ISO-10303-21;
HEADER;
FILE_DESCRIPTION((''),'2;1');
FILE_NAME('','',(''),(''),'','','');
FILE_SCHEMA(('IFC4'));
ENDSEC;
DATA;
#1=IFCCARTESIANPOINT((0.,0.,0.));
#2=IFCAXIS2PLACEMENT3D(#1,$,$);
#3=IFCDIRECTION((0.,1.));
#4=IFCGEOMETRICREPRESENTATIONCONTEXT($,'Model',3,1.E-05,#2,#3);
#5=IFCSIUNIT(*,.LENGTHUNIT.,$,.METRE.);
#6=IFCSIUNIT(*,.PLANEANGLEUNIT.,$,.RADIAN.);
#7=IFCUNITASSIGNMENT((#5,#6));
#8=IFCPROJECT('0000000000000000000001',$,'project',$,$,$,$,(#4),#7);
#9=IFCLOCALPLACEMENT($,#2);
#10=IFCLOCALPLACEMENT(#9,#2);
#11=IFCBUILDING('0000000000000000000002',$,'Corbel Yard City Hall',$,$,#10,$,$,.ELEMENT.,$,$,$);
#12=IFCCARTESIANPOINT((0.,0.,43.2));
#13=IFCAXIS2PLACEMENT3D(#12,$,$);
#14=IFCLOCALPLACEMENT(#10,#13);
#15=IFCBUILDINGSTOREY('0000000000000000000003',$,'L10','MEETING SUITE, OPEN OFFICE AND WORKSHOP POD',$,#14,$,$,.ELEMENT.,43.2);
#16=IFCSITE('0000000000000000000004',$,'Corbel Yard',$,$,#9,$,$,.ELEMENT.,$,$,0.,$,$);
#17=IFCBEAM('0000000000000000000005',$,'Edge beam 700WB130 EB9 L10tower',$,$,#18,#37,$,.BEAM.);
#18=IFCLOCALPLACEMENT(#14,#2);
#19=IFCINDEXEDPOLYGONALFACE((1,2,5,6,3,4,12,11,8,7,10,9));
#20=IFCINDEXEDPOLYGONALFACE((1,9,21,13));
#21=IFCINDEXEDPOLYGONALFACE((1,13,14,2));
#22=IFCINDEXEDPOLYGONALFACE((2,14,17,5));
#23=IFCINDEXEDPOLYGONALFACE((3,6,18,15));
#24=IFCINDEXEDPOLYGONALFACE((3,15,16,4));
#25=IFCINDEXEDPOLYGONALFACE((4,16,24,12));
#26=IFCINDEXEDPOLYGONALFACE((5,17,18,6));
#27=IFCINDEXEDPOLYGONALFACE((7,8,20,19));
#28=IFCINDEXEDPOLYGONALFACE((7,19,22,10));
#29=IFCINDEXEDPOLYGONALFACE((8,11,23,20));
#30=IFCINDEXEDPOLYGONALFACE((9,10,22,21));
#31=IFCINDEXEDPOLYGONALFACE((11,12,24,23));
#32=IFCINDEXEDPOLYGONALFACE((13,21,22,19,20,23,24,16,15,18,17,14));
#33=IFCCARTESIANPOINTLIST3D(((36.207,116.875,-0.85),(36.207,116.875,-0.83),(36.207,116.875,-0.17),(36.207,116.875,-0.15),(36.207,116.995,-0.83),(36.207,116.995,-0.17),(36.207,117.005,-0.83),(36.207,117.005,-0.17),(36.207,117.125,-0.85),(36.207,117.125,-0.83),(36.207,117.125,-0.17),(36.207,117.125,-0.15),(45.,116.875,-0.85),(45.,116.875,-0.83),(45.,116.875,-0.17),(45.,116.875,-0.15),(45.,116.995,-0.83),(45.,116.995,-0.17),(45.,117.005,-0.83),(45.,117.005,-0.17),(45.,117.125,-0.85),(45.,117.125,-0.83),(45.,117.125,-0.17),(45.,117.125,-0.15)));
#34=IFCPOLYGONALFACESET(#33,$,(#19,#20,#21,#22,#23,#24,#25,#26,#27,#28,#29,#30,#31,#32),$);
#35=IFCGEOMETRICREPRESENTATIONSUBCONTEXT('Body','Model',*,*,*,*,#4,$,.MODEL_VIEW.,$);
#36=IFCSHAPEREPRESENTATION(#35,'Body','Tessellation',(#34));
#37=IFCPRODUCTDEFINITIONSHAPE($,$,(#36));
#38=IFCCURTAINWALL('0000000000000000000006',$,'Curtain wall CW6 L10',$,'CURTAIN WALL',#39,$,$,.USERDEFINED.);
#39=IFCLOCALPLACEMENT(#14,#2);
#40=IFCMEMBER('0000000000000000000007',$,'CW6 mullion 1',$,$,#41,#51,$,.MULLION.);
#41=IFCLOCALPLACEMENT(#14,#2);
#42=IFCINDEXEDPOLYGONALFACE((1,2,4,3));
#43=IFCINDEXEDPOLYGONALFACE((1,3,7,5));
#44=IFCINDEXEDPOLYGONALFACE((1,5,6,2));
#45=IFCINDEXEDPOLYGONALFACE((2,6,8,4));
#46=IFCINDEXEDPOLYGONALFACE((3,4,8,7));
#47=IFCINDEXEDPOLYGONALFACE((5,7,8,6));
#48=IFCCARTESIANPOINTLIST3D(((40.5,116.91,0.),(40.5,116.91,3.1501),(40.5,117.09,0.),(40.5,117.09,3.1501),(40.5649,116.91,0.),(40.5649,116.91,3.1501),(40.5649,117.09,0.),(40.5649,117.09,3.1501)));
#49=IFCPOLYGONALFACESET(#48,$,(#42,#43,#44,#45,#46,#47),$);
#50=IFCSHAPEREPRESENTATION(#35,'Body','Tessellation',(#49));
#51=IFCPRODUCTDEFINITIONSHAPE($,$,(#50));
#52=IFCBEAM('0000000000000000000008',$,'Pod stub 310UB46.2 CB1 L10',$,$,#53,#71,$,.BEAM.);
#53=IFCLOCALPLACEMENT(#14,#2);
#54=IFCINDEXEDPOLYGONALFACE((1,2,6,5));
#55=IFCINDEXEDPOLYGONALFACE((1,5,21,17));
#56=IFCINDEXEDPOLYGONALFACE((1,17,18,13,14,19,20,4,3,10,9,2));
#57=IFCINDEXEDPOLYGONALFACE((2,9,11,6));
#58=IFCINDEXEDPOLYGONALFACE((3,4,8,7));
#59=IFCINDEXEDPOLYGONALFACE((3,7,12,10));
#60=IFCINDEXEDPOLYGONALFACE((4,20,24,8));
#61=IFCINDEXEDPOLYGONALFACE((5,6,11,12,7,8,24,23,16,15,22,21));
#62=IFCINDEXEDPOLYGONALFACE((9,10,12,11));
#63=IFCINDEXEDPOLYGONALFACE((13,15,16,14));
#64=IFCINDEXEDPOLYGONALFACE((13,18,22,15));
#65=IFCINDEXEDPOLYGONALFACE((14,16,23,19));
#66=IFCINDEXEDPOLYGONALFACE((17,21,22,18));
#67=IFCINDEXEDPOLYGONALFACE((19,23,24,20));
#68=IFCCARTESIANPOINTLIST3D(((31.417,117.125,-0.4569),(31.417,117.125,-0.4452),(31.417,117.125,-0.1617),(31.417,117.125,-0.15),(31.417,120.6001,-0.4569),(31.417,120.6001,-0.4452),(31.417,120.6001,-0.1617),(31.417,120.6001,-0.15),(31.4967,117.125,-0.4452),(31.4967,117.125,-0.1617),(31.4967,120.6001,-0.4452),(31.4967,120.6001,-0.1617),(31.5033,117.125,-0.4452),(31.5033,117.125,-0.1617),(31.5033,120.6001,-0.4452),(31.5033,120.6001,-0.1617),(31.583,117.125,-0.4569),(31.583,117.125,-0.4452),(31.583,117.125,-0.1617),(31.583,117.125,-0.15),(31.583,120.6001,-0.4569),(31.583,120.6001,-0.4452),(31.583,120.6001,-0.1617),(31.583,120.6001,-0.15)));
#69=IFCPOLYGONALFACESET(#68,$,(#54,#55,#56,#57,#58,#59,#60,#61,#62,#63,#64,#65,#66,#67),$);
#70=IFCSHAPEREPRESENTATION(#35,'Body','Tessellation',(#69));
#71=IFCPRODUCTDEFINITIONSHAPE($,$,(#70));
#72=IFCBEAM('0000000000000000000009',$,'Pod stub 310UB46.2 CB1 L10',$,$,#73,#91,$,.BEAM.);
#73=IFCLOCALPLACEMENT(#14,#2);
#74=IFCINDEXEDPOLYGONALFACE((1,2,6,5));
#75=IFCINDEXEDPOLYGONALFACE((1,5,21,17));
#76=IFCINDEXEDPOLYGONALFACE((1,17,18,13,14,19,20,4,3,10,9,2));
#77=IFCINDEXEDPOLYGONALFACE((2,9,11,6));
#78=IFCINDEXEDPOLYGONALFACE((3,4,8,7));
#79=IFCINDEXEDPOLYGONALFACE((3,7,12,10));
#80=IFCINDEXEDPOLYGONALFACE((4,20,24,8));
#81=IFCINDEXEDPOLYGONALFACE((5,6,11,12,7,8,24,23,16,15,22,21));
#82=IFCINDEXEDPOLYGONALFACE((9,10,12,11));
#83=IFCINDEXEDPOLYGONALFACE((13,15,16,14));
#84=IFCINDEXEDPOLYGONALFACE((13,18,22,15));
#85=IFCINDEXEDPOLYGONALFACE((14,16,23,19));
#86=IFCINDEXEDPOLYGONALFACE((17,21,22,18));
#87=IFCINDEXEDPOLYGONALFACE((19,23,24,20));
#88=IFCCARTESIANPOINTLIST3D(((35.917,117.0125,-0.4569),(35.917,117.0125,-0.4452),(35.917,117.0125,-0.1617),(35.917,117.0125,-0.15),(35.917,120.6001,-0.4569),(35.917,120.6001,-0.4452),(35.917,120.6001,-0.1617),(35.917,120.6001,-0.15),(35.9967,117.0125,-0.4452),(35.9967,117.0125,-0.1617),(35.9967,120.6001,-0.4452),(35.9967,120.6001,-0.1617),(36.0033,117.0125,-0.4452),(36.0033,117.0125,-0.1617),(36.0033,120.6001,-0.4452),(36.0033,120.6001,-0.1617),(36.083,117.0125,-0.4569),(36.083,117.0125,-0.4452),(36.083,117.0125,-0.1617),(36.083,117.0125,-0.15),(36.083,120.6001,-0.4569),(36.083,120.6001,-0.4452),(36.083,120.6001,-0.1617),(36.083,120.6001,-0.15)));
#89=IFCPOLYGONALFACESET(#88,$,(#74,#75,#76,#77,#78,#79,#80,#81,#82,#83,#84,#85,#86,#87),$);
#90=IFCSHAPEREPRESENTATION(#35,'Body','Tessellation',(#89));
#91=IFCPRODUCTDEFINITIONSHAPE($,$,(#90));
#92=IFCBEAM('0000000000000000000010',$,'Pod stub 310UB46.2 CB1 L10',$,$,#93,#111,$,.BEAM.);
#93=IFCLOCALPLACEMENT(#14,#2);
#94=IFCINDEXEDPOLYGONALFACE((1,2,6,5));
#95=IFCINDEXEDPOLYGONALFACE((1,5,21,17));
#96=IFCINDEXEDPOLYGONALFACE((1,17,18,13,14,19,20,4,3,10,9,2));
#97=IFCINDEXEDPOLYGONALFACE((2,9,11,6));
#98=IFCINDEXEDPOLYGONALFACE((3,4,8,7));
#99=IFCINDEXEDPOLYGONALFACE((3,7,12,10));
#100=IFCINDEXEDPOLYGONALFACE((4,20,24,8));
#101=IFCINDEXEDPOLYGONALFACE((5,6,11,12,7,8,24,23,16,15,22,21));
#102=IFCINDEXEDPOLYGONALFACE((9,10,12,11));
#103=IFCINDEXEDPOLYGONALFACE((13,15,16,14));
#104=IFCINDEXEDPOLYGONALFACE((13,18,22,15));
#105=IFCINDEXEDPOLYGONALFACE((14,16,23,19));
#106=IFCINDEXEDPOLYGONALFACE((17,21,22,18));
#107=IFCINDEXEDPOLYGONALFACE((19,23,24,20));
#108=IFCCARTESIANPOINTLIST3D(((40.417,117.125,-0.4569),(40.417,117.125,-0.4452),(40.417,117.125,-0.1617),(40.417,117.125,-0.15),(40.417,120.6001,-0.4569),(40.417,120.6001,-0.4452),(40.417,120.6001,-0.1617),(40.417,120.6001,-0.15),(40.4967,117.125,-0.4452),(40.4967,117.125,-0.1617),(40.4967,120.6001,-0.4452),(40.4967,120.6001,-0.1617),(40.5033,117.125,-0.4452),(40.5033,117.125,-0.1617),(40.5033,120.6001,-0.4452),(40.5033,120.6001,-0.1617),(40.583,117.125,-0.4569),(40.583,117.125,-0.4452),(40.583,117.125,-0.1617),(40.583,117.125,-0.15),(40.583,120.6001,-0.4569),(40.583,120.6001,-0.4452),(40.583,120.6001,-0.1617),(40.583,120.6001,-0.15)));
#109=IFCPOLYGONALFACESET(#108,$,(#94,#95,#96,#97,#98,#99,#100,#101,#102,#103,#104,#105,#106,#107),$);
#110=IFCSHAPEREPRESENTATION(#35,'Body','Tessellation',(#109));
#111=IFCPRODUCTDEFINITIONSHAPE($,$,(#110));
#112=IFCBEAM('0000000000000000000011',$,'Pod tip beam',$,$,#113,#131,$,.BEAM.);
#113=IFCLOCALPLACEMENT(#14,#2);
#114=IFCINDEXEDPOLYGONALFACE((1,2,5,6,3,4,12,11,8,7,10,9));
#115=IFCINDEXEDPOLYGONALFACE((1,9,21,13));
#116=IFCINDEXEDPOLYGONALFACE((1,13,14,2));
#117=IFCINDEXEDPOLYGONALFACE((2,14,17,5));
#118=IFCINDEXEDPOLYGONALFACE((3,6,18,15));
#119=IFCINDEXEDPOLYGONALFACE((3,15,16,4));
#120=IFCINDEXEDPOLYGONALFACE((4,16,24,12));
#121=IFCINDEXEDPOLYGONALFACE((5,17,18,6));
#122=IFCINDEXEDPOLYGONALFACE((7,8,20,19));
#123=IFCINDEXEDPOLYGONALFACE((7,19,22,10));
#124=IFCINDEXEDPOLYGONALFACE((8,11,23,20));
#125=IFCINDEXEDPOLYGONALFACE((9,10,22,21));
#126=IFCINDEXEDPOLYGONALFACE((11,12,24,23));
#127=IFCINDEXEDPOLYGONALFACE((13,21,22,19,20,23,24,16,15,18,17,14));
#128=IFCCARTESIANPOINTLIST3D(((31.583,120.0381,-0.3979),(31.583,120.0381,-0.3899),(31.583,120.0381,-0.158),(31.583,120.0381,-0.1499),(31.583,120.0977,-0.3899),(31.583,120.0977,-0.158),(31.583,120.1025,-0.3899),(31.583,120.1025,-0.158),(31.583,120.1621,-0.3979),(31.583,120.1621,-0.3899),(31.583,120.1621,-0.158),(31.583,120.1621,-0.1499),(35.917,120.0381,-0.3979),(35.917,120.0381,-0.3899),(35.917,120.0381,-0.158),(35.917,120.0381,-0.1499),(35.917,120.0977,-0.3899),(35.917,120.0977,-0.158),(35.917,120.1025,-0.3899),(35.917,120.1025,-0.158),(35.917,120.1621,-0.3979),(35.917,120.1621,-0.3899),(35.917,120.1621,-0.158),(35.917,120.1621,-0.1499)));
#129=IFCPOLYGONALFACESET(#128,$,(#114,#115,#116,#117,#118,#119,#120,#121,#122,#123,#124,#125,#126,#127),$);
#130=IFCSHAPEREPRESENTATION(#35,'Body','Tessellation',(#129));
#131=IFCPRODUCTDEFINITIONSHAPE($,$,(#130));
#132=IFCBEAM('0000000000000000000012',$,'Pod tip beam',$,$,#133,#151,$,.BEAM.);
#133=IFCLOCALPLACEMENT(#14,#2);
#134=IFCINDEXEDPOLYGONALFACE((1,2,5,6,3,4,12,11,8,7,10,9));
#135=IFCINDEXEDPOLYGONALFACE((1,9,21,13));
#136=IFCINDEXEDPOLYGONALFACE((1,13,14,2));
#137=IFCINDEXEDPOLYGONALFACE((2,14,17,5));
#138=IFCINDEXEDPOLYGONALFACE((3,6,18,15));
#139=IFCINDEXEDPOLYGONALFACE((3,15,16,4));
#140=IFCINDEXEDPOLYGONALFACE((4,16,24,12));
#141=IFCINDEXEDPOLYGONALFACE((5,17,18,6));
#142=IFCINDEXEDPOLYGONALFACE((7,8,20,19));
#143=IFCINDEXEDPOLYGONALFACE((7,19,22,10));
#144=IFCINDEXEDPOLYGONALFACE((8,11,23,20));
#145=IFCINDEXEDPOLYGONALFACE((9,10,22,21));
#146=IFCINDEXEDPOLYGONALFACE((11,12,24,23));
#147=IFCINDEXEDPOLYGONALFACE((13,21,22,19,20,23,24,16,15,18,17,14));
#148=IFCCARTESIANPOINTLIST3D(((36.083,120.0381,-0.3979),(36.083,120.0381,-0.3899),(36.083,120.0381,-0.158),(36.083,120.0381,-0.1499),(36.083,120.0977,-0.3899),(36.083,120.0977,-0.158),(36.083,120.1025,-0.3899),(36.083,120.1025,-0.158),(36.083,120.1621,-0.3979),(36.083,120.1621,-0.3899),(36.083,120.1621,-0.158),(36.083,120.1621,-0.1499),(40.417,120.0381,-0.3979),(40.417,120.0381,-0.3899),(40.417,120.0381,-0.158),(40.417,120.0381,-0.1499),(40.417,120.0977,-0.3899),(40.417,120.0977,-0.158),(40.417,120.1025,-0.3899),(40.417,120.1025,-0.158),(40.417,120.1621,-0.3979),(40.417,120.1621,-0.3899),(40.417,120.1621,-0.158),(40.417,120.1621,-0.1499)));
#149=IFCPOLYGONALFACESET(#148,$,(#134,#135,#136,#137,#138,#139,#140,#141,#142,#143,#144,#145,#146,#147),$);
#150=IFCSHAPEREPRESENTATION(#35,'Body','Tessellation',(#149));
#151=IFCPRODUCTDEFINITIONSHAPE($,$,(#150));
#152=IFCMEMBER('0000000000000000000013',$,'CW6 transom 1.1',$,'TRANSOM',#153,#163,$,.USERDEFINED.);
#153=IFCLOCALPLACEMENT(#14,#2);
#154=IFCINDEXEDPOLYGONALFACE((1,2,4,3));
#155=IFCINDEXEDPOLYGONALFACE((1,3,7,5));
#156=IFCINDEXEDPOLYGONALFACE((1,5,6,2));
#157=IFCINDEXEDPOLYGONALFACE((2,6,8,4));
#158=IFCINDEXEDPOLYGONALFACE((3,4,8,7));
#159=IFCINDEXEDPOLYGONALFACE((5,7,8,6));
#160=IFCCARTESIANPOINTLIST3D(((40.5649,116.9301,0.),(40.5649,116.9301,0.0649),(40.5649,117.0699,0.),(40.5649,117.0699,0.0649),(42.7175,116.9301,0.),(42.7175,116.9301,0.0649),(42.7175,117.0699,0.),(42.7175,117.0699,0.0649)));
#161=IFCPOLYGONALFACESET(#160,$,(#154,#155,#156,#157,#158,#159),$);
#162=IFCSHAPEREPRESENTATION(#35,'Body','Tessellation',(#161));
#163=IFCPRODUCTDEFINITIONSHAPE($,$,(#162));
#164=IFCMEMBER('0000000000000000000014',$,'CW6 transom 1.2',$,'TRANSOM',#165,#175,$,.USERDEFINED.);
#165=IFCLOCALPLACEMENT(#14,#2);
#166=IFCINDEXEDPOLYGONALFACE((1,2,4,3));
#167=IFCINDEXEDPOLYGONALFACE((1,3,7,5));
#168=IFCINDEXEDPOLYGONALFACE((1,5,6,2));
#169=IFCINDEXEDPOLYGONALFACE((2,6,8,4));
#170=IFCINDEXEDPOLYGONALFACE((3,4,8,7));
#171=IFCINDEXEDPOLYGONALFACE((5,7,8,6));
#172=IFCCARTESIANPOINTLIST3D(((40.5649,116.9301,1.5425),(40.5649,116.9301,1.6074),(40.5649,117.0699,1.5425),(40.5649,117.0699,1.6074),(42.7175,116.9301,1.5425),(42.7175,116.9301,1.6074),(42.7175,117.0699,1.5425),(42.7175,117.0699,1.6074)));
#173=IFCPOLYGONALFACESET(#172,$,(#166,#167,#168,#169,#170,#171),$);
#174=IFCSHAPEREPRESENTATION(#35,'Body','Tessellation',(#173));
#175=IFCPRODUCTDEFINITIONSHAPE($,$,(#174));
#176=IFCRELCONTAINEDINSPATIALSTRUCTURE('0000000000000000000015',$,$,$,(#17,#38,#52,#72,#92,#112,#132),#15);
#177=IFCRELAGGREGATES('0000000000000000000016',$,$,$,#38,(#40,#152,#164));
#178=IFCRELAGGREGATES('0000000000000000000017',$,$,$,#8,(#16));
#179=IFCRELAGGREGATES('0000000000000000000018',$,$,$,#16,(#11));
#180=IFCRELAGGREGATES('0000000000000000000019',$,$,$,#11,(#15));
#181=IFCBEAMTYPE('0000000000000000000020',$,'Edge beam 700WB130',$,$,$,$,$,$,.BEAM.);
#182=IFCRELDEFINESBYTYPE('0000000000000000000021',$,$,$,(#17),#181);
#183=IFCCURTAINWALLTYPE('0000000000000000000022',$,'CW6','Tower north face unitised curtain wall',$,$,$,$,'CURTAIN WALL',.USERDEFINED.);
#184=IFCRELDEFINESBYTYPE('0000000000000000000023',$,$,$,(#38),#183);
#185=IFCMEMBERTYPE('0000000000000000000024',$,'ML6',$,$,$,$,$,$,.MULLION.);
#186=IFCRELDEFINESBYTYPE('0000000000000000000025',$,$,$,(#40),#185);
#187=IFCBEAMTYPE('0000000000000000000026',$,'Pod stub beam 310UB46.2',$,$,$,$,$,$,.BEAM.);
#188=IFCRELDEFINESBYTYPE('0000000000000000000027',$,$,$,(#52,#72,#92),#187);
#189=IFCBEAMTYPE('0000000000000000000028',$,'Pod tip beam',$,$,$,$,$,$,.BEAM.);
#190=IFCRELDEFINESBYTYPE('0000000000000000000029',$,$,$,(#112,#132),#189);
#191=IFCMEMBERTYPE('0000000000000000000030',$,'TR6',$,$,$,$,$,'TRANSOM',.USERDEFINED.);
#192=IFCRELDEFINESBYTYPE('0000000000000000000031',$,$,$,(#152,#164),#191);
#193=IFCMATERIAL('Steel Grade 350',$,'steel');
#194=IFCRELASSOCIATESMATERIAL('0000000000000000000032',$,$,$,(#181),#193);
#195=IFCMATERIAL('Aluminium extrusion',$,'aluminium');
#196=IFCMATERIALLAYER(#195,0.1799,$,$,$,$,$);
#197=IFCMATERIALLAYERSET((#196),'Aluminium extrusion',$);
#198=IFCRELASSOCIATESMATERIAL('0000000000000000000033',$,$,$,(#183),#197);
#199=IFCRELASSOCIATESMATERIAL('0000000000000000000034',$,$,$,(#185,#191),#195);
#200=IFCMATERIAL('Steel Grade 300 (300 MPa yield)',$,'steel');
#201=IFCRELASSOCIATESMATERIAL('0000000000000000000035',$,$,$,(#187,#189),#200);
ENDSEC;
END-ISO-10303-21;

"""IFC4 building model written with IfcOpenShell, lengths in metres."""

from ifc_helpers import new_model, si_unit, direction, frame, origin, origin_2d, place, context, subcontext, project, spatial, rectangle, i_section, extrude, material, layer, layer_set, material_profile, profile_set, type_object, element, aggregate, save


model = new_model("IFC4")

# Units and contexts
model_context = context("Model", 3, precision=1e-05, world=origin(), true_north=direction((0.0, 1.0)))
body_context = subcontext(model_context, "Body", "Model", "MODEL_VIEW")
ifc_project = project(units=[si_unit("LENGTHUNIT", "METRE"), si_unit("PLANEANGLEUNIT", "RADIAN")], contexts=[model_context])

# Site, building, storey
site_placement = place(None, origin())
site = spatial("IfcSite", under=ifc_project, at=site_placement, Name="Corbel Yard", CompositionType="ELEMENT", RefElevation=0.0)
building_placement = place(site_placement, origin())
building = spatial("IfcBuilding", under=site, at=building_placement, Name="Corbel Yard City Hall", CompositionType="ELEMENT")
storey_placement = place(building_placement, frame((0.0, 0.0, 43.2)))
storey = spatial("IfcBuildingStorey", under=building, at=storey_placement, Name="L10", Description="MEETING SUITE, OPEN OFFICE AND WORKSHOP POD", CompositionType="ELEMENT", Elevation=43.2)

# Beam
ifc_material_1 = material(Name="Steel Grade 350", Category="steel")
ifc_material_profile_1 = material_profile(ifc_material_1, i_section(OverallWidth=0.25, OverallDepth=0.7, WebThickness=0.01, FlangeThickness=0.02, at=origin_2d()), Name="700WB130")
ifc_profile_set_1 = profile_set([ifc_material_profile_1], Name="Steel Grade 350")
beam_type_1 = type_object("IfcBeamType", Name="Edge beam 700WB130", PredefinedType="BEAM", material=ifc_profile_set_1)
beam_1_placement = place(storey_placement, frame((36.207, 117.0, -0.5), z_axis=(1.0, 0.0, 0.0), x_axis=(0.0, 1.0, 0.0)))
element("IfcBeam", 1, at=beam_1_placement, inside=storey, type_object=beam_type_1, Name="Edge beam 700WB130 EB9 L10tower", PredefinedType="BEAM", context=body_context, shape_type="SweptSolid", body=[
    extrude(i_section(OverallWidth=0.25, OverallDepth=0.7, WebThickness=0.01, FlangeThickness=0.02, at=origin_2d()), origin(), (0.0, 0.0, 1.0), 8.793),
])

# Curtain wall, member
ifc_material_2 = material(Name="Aluminium extrusion", Category="aluminium")
ifc_layer_1 = layer(ifc_material_2, 0.1799)
ifc_layer_set_1 = layer_set([ifc_layer_1], Name="Aluminium extrusion")
curtain_wall_type = type_object("IfcCurtainWallType", Name="CW6", Description="Tower north face unitised curtain wall", ElementType="CURTAIN WALL", PredefinedType="USERDEFINED", material=ifc_layer_set_1)
curtain_wall_placement = place(storey_placement, origin())
curtain_wall = element("IfcCurtainWall", 2, at=curtain_wall_placement, inside=storey, type_object=curtain_wall_type, Name="Curtain wall CW6 L10", ObjectType="CURTAIN WALL", PredefinedType="USERDEFINED")
ifc_material_profile_2 = material_profile(ifc_material_2, rectangle(XDim=0.1799, YDim=0.0649, at=origin_2d()), Name="180x65")
ifc_profile_set_2 = profile_set([ifc_material_profile_2], Name="Aluminium extrusion")
member_type_1 = type_object("IfcMemberType", Name="ML6", PredefinedType="MULLION", material=ifc_profile_set_2)
member_1_placement = place(storey_placement, frame((40.5325, 117.0, 0.0), z_axis=(0.0, 0.0, 1.0), x_axis=(0.0, 1.0, 0.0)))
member_1 = element("IfcMember", 3, at=member_1_placement, type_object=member_type_1, Name="CW6 mullion 1", PredefinedType="MULLION", context=body_context, shape_type="SweptSolid", body=[
    extrude(rectangle(XDim=0.1799, YDim=0.0649, at=origin_2d()), origin(), (0.0, 0.0, 1.0), 3.1501),
])

# Beams
ifc_material_3 = material(Name="Steel Grade 300 (300 MPa yield)", Category="steel")
ifc_material_profile_3 = material_profile(ifc_material_3, i_section(OverallWidth=0.166, OverallDepth=0.3069, WebThickness=0.0066, FlangeThickness=0.0117, at=origin_2d()), Name="310UB46.2")
ifc_profile_set_3 = profile_set([ifc_material_profile_3], Name="Steel Grade 300 (300 MPa yield)")
beam_type_2 = type_object("IfcBeamType", Name="Pod stub beam 310UB46.2", PredefinedType="BEAM", material=ifc_profile_set_3)
beam_2_placement = place(storey_placement, frame((31.5, 117.125, -0.3035), z_axis=(0.0, 1.0, 0.0), x_axis=(-1.0, 0.0, 0.0)))
element("IfcBeam", 4, at=beam_2_placement, inside=storey, type_object=beam_type_2, Name="Pod stub 310UB46.2 CB1 L10", PredefinedType="BEAM", context=body_context, shape_type="SweptSolid", body=[
    extrude(i_section(OverallWidth=0.166, OverallDepth=0.3069, WebThickness=0.0066, FlangeThickness=0.0117, at=origin_2d()), origin(), (0.0, 0.0, 1.0), 3.4751),
])
beam_3_placement = place(storey_placement, frame((36.0, 117.0125, -0.3035), z_axis=(0.0, 1.0, 0.0), x_axis=(-1.0, 0.0, 0.0)))
element("IfcBeam", 5, at=beam_3_placement, inside=storey, type_object=beam_type_2, Name="Pod stub 310UB46.2 CB1 L10", PredefinedType="BEAM", context=body_context, shape_type="SweptSolid", body=[
    extrude(i_section(OverallWidth=0.166, OverallDepth=0.3069, WebThickness=0.0066, FlangeThickness=0.0117, at=origin_2d()), origin(), (0.0, 0.0, 1.0), 3.5876),
])
beam_4_placement = place(storey_placement, frame((40.5, 117.125, -0.3035), z_axis=(0.0, 1.0, 0.0), x_axis=(-1.0, 0.0, 0.0)))
element("IfcBeam", 6, at=beam_4_placement, inside=storey, type_object=beam_type_2, Name="Pod stub 310UB46.2 CB1 L10", PredefinedType="BEAM", context=body_context, shape_type="SweptSolid", body=[
    extrude(i_section(OverallWidth=0.166, OverallDepth=0.3069, WebThickness=0.0066, FlangeThickness=0.0117, at=origin_2d()), origin(), (0.0, 0.0, 1.0), 3.4751),
])
ifc_material_profile_4 = material_profile(ifc_material_3, i_section(OverallWidth=0.124, OverallDepth=0.248, WebThickness=0.0049, FlangeThickness=0.0081, at=origin_2d()), Name="250UB25.7")
ifc_profile_set_4 = profile_set([ifc_material_profile_4], Name="Steel Grade 300 (300 MPa yield)")
beam_type_3 = type_object("IfcBeamType", Name="Pod tip beam", PredefinedType="BEAM", material=ifc_profile_set_4)
for number, where, z_axis, x_axis, name in (
    (7, (31.583, 120.1001, -0.2739), (1.0, 0.0, 0.0), (0.0, 1.0, 0.0), "Pod tip beam"),
    (8, (36.083, 120.1001, -0.2739), (1.0, 0.0, 0.0), (0.0, 1.0, 0.0), "Pod tip beam"),
):
    element("IfcBeam", number, at=place(storey_placement, frame(where, z_axis=z_axis, x_axis=x_axis)), inside=storey, type_object=beam_type_3, Name=name, PredefinedType="BEAM", context=body_context, shape_type="SweptSolid", body=[
        extrude(i_section(OverallWidth=0.124, OverallDepth=0.248, WebThickness=0.0049, FlangeThickness=0.0081, at=origin_2d()), origin(), (0.0, 0.0, 1.0), 4.334),
    ])

# Members
ifc_material_profile_5 = material_profile(ifc_material_2, rectangle(XDim=0.1399, YDim=0.0649, at=origin_2d()), Name="140x65")
ifc_profile_set_5 = profile_set([ifc_material_profile_5], Name="Aluminium extrusion")
member_type_2 = type_object("IfcMemberType", Name="TR6", ElementType="TRANSOM", PredefinedType="USERDEFINED", material=ifc_profile_set_5)
member_2_placement = place(storey_placement, frame((40.5649, 117.0, 0.0325), z_axis=(1.0, 0.0, 0.0), x_axis=(0.0, 1.0, 0.0)))
member_2 = element("IfcMember", 9, at=member_2_placement, type_object=member_type_2, Name="CW6 transom 1.1", ObjectType="TRANSOM", PredefinedType="USERDEFINED", context=body_context, shape_type="SweptSolid", body=[
    extrude(rectangle(XDim=0.1399, YDim=0.0649, at=origin_2d()), origin(), (0.0, 0.0, 1.0), 2.1526),
])
member_3_placement = place(storey_placement, frame((40.5649, 117.0, 1.575), z_axis=(1.0, 0.0, 0.0), x_axis=(0.0, 1.0, 0.0)))
member_3 = element("IfcMember", 10, at=member_3_placement, type_object=member_type_2, Name="CW6 transom 1.2", ObjectType="TRANSOM", PredefinedType="USERDEFINED", context=body_context, shape_type="SweptSolid", body=[
    extrude(rectangle(XDim=0.1399, YDim=0.0649, at=origin_2d()), origin(), (0.0, 0.0, 1.0), 2.1526),
])
aggregate(curtain_wall, [member_1, member_2, member_3])

save(model, "model.ifc")
